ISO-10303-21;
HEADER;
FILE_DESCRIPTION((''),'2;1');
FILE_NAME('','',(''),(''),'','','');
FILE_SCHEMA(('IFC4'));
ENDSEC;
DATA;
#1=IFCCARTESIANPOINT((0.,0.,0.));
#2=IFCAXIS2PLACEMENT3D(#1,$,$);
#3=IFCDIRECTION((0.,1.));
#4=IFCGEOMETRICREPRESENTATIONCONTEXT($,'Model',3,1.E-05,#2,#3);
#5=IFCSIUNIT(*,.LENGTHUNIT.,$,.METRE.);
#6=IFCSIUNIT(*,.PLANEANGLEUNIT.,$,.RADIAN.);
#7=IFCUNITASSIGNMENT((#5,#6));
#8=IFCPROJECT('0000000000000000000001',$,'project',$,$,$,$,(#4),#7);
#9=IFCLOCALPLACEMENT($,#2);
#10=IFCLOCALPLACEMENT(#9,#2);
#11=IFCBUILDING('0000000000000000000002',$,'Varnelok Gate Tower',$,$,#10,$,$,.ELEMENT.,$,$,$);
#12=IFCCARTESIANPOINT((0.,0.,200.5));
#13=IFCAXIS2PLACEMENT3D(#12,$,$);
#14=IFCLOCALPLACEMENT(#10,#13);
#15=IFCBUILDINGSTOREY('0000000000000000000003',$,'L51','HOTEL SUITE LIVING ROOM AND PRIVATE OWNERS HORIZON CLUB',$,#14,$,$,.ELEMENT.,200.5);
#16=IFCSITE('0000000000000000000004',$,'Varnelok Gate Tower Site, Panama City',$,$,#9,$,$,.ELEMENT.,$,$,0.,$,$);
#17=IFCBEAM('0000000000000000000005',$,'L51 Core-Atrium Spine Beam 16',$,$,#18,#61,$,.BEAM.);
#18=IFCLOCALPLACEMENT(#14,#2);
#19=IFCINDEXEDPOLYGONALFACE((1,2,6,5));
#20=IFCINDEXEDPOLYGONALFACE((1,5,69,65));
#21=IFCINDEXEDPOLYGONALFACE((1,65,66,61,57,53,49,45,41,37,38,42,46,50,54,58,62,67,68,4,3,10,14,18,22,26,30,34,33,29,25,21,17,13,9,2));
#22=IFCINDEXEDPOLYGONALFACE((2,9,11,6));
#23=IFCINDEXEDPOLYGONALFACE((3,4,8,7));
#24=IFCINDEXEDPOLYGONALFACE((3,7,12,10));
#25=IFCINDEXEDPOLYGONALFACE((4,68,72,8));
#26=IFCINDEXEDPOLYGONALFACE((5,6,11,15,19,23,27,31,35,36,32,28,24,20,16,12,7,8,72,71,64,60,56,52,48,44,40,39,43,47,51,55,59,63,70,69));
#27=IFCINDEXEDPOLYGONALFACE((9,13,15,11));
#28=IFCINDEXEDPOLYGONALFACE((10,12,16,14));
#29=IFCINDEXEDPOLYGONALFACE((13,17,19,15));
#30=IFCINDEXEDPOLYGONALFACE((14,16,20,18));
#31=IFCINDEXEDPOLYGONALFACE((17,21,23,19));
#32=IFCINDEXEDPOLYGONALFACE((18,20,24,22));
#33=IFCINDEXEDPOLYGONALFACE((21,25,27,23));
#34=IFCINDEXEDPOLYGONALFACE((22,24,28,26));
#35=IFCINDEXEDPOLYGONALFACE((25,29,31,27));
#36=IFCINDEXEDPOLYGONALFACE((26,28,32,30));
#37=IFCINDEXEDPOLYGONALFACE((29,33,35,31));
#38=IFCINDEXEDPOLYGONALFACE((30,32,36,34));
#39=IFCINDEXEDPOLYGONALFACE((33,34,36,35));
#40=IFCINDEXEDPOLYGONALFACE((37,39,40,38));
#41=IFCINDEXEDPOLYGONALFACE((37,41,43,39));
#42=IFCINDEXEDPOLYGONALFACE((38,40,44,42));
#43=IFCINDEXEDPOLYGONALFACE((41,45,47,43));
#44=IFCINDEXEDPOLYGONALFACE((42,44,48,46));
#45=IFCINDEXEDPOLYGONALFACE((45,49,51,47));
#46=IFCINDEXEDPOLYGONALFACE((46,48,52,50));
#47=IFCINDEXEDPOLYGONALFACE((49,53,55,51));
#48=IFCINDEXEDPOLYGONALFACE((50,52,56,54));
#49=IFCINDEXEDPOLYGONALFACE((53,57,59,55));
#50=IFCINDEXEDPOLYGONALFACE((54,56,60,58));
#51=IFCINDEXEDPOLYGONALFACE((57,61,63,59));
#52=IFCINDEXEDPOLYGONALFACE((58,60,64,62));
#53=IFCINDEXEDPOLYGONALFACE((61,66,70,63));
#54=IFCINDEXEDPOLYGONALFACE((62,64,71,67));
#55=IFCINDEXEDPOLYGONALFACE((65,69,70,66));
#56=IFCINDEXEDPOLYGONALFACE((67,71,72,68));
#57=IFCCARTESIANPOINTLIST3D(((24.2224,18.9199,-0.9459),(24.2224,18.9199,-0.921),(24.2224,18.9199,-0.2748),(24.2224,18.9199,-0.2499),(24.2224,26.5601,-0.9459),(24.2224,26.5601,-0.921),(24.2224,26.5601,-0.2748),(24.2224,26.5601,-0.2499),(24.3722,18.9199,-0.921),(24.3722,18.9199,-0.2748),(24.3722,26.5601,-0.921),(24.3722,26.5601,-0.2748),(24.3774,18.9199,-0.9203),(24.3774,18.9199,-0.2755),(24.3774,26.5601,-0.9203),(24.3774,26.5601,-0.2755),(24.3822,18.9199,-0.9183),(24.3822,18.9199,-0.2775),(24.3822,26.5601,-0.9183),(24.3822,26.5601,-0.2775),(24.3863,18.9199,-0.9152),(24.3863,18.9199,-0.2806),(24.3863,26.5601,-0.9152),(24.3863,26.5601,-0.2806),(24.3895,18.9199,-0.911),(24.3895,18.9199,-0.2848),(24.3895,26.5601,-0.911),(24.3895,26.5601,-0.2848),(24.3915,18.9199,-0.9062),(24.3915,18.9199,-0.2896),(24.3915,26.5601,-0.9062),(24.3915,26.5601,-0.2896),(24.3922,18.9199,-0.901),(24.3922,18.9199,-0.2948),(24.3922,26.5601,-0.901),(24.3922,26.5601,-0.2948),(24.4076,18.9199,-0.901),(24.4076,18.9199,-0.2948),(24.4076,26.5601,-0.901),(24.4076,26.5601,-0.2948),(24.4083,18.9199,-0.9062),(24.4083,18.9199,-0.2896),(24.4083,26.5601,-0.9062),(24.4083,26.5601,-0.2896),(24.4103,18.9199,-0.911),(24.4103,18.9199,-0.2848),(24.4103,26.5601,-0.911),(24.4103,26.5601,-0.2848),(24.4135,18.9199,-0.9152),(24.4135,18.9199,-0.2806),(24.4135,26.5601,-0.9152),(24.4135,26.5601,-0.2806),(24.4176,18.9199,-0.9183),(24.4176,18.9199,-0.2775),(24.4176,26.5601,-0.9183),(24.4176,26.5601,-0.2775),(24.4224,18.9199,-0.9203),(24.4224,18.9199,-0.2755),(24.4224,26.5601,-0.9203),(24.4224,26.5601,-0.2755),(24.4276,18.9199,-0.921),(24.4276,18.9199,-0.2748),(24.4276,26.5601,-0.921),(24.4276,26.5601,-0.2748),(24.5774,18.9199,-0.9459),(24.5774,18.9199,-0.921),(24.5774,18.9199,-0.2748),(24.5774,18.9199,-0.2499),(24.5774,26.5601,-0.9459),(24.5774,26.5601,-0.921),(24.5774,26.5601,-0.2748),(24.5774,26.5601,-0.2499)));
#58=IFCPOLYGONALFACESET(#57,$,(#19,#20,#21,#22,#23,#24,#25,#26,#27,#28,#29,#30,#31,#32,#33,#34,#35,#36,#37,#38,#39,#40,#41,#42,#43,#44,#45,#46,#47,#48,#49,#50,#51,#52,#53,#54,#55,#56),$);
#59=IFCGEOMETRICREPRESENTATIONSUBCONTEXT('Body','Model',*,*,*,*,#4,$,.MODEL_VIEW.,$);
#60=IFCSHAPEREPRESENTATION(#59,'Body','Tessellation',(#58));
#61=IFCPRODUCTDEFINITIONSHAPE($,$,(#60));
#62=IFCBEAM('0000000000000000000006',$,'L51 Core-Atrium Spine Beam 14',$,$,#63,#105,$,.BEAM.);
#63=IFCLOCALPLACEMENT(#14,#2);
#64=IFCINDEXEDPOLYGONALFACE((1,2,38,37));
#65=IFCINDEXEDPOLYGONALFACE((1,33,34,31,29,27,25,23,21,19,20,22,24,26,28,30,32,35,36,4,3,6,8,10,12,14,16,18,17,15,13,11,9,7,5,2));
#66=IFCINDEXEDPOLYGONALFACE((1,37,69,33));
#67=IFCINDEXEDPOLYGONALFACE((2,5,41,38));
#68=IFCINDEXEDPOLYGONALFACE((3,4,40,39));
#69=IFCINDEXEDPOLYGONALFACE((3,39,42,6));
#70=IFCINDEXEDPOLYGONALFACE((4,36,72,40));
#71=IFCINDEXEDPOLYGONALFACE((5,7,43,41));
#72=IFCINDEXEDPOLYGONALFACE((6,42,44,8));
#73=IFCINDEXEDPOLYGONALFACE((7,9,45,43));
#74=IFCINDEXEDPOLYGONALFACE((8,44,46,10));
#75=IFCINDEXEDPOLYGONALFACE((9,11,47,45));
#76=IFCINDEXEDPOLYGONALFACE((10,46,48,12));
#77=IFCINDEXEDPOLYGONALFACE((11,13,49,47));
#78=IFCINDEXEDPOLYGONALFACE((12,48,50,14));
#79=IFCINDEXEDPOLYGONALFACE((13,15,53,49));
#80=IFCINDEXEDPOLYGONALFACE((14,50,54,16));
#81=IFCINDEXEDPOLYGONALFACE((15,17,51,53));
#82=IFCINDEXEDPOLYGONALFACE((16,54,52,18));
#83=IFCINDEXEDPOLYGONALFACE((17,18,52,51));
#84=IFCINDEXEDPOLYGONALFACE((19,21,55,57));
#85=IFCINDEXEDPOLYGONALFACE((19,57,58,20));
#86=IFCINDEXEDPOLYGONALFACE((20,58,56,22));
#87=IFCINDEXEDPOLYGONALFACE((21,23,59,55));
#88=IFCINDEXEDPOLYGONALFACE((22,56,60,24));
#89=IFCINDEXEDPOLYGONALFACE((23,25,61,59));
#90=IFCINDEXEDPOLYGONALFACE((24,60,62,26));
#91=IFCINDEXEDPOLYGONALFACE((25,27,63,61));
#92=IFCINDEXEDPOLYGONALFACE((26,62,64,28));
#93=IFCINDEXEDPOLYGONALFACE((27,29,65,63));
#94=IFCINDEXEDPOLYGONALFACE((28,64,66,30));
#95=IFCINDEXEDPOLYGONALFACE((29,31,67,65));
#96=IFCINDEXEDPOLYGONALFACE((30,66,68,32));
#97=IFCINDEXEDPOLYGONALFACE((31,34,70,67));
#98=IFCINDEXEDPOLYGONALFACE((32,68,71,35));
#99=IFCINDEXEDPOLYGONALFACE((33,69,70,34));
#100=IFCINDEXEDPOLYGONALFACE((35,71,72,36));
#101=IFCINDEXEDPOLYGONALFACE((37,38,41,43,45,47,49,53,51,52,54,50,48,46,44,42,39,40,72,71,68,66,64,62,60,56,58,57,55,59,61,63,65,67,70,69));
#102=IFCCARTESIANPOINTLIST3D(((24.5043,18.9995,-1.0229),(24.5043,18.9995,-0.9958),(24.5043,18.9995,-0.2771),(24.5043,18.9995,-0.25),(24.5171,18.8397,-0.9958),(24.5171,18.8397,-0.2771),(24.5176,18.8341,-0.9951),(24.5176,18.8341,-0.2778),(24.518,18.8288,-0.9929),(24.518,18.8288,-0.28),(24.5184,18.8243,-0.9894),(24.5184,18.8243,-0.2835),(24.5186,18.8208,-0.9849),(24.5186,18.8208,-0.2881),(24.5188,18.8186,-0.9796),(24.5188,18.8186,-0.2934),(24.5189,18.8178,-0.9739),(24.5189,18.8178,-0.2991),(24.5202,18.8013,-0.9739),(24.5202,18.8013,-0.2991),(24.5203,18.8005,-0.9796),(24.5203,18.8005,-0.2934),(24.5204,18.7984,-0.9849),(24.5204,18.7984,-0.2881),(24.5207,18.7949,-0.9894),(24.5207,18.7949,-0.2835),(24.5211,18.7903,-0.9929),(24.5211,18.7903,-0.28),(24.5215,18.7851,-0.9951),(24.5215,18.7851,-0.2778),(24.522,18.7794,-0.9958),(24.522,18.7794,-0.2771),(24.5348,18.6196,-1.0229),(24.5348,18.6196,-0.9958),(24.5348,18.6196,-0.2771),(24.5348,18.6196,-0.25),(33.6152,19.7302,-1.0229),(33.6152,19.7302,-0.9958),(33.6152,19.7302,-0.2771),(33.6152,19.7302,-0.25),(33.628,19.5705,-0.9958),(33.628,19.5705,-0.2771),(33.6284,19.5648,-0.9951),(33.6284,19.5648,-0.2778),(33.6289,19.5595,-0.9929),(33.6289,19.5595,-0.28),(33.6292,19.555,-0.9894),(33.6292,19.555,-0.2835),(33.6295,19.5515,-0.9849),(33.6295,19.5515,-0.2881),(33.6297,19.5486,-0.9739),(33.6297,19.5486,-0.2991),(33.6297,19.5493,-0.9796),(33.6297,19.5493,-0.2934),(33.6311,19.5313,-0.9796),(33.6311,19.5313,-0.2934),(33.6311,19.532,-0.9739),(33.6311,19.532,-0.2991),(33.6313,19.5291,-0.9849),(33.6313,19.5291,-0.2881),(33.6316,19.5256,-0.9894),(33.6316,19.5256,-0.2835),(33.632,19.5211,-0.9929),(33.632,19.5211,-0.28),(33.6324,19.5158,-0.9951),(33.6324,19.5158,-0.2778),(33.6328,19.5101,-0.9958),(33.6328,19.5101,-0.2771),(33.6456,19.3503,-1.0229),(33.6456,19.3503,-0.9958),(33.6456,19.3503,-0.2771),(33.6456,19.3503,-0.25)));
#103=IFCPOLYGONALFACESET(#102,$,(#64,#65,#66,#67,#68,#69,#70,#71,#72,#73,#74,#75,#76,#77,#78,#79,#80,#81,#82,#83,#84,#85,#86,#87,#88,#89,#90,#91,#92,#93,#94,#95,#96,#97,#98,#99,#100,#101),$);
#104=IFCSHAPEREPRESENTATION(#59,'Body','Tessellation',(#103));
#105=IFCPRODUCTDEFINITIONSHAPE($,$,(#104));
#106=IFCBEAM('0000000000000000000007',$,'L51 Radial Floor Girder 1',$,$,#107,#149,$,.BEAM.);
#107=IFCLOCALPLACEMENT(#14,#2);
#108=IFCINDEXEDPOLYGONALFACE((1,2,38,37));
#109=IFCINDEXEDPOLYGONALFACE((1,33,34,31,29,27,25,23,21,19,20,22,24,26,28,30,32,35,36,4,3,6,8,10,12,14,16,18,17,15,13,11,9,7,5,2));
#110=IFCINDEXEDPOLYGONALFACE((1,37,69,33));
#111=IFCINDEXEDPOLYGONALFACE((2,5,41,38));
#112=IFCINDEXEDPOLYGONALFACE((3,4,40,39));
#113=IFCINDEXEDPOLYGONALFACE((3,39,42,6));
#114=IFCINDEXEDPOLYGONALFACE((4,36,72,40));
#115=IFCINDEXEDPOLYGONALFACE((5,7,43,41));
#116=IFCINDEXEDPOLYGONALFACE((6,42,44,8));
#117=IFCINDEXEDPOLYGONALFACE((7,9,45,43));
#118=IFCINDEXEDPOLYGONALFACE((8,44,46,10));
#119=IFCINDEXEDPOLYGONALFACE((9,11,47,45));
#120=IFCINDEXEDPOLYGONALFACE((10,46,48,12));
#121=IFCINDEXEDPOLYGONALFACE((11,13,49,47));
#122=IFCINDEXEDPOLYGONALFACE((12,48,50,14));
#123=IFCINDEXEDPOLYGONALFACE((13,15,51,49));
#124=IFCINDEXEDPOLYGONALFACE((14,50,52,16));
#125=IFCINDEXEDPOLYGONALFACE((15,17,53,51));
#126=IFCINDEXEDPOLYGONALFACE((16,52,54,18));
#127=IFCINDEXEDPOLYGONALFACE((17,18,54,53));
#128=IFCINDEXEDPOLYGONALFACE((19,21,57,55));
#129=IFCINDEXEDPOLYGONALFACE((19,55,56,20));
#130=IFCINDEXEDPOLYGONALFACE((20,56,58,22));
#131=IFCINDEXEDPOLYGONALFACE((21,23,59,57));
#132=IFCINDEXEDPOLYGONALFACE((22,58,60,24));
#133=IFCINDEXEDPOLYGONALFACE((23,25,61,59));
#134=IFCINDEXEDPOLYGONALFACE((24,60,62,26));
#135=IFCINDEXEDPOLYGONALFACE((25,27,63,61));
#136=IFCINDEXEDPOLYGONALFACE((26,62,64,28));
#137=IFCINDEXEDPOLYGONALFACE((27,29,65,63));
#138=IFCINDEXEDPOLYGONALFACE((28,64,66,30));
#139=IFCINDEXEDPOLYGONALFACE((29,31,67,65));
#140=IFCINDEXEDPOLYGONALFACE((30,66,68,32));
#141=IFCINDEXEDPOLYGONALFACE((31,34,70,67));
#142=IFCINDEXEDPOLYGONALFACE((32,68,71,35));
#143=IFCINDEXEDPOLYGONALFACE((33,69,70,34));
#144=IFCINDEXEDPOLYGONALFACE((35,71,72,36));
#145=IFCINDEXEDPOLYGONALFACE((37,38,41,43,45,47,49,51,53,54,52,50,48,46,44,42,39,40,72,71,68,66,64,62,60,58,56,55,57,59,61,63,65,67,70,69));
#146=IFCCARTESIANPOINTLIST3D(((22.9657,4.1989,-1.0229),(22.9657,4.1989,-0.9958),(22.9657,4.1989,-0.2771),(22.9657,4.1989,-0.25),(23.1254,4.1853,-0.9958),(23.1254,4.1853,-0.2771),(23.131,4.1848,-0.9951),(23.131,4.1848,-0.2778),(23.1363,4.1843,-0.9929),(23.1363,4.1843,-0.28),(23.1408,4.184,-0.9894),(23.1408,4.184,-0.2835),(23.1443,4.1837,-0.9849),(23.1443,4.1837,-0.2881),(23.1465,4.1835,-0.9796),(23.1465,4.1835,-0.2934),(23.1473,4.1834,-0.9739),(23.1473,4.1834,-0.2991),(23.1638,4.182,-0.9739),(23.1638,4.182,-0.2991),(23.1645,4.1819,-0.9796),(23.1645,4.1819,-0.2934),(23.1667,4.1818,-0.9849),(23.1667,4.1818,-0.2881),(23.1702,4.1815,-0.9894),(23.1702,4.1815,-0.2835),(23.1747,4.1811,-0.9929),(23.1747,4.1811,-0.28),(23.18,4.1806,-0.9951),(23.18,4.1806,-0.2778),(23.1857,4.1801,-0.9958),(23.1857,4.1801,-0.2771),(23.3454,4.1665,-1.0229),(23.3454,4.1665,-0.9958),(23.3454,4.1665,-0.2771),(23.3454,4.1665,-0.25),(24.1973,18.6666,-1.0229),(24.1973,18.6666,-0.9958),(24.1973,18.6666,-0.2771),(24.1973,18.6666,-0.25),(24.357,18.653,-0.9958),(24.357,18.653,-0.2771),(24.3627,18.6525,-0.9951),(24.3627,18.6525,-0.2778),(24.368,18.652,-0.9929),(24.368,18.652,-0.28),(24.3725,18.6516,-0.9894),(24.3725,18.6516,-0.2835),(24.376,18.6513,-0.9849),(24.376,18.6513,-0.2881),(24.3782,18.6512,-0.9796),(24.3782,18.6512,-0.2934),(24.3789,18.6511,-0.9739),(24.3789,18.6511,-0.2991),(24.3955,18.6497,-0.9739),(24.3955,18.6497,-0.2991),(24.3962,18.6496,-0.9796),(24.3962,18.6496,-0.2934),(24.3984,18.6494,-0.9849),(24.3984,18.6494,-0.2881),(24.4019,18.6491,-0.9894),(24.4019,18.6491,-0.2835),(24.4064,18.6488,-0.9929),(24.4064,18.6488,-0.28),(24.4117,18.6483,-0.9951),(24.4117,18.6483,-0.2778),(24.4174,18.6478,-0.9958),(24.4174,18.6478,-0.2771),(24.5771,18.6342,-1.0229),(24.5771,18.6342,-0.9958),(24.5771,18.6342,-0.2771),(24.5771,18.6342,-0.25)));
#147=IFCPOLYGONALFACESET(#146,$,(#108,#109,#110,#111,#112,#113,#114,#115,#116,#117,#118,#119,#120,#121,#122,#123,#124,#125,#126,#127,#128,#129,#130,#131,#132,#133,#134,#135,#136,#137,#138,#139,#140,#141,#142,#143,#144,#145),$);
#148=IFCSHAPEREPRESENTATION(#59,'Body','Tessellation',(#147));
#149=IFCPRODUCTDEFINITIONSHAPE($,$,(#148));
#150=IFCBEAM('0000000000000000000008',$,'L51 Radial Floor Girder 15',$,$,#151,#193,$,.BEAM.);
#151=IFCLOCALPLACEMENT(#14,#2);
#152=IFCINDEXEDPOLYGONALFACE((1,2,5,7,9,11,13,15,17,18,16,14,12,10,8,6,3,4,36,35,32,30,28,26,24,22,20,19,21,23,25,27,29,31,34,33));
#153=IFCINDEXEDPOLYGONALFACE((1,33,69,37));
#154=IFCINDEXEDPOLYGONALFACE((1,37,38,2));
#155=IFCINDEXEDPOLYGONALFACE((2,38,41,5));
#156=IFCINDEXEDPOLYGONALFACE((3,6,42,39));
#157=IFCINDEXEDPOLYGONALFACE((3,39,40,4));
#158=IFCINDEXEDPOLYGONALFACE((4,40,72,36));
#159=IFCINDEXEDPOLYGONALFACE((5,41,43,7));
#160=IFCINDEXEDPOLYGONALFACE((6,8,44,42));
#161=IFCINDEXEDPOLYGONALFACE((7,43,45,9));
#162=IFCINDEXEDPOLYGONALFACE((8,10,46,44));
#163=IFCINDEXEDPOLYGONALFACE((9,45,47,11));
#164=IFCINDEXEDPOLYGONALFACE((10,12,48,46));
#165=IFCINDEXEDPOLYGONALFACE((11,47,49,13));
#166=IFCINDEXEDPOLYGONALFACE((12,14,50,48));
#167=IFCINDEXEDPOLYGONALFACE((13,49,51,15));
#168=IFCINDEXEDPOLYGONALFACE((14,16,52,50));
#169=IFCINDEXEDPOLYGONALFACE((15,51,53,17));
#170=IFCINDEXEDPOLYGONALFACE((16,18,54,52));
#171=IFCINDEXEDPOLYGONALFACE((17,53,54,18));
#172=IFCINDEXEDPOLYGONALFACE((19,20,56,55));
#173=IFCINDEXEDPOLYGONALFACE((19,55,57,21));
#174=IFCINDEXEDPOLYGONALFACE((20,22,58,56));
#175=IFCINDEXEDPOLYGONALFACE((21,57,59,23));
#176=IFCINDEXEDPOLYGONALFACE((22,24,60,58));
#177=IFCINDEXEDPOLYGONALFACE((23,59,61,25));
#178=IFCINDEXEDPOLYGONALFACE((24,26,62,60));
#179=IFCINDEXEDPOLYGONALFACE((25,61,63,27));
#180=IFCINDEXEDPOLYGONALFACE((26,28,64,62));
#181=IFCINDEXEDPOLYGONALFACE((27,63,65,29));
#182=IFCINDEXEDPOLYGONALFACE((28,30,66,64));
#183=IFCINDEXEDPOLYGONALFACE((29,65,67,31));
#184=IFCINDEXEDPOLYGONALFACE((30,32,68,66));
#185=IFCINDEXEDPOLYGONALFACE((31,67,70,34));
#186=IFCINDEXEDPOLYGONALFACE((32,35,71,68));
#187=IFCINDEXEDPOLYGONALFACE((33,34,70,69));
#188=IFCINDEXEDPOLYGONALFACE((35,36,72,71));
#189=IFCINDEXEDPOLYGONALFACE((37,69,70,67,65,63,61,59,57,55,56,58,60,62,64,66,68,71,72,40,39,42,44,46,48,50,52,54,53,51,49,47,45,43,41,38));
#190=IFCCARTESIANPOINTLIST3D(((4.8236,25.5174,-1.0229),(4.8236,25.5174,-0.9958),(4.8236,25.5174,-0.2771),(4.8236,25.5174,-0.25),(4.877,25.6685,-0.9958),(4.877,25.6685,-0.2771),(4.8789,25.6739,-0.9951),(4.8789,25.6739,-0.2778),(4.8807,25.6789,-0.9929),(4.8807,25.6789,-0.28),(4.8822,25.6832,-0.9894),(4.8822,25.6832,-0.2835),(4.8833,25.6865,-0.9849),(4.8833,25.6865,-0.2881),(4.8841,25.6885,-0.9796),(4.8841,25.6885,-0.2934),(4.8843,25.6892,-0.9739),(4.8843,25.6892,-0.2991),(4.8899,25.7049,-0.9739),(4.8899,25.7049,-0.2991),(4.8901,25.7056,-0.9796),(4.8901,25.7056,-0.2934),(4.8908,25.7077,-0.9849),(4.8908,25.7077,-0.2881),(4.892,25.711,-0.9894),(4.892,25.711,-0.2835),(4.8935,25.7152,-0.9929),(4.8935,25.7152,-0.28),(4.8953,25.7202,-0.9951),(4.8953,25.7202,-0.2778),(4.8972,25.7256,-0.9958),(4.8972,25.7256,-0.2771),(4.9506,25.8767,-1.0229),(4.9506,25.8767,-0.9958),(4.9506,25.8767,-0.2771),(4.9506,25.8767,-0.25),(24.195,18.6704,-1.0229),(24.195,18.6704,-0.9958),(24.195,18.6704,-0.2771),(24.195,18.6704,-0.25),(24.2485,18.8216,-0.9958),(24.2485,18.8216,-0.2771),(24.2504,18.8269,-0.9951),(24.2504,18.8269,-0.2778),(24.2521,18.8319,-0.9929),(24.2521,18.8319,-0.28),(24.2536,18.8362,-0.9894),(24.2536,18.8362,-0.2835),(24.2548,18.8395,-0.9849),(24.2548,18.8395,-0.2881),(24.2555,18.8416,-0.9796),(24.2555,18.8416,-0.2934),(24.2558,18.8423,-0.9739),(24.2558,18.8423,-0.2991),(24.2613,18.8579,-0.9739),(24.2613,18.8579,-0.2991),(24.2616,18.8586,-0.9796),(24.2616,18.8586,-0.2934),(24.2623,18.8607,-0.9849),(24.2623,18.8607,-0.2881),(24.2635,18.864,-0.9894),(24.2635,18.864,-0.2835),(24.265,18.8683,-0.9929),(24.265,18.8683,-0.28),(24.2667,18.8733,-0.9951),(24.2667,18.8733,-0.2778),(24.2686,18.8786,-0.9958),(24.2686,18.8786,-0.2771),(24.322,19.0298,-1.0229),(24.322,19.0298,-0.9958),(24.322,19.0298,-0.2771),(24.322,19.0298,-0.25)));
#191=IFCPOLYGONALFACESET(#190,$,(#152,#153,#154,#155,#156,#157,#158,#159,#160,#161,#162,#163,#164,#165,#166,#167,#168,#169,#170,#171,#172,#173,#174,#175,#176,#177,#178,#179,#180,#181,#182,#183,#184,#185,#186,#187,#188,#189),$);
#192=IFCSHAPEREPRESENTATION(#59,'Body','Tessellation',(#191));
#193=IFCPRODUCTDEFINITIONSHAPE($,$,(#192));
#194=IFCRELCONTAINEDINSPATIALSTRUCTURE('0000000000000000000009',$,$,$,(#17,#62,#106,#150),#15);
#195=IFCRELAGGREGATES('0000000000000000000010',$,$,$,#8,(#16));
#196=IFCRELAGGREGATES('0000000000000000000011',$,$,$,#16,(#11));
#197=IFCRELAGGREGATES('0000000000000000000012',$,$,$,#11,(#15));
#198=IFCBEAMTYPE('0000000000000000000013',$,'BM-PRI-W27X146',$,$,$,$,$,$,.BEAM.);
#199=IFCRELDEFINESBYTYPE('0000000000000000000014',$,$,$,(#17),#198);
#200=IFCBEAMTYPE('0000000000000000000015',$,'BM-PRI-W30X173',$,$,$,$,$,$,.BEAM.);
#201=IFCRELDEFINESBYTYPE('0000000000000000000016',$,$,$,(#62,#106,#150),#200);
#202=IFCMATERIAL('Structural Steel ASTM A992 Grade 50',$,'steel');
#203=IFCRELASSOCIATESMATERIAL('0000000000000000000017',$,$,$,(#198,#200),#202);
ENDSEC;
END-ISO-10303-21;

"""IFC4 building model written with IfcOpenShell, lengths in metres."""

from ifc_helpers import new_model, si_unit, direction, frame, origin, origin_2d, place, context, subcontext, project, spatial, i_section, extrude, material, material_profile, profile_set, type_object, element, save


model = new_model("IFC4")

# Units and contexts
model_context = context("Model", 3, precision=1e-05, world=origin(), true_north=direction((0.0, 1.0)))
body_context = subcontext(model_context, "Body", "Model", "MODEL_VIEW")
ifc_project = project(units=[si_unit("LENGTHUNIT", "METRE"), si_unit("PLANEANGLEUNIT", "RADIAN")], contexts=[model_context])

# Site, building, storey
site_placement = place(None, origin())
site = spatial("IfcSite", under=ifc_project, at=site_placement, Name="Varnelok Gate Tower Site, Panama City", CompositionType="ELEMENT", RefElevation=0.0)
building_placement = place(site_placement, origin())
building = spatial("IfcBuilding", under=site, at=building_placement, Name="Varnelok Gate Tower", CompositionType="ELEMENT")
storey_placement = place(building_placement, frame((0.0, 0.0, 200.5)))
storey = spatial("IfcBuildingStorey", under=building, at=storey_placement, Name="L51", Description="HOTEL SUITE LIVING ROOM AND PRIVATE OWNERS HORIZON CLUB", CompositionType="ELEMENT", Elevation=200.5)

# Shared definitions
ifc_material_1 = material(Name="Structural Steel ASTM A992 Grade 50", Category="steel")

# Beams
ifc_material_profile_1 = material_profile(ifc_material_1, i_section(OverallWidth=0.355, OverallDepth=0.696, WebThickness=0.0154, FlangeThickness=0.0249, FilletRadius=0.02, at=origin_2d()), Name="W27X146")
ifc_profile_set_1 = profile_set([ifc_material_profile_1], Name="Structural Steel ASTM A992 Grade 50")
beam_type_1 = type_object("IfcBeamType", Name="BM-PRI-W27X146", PredefinedType="BEAM", material=ifc_profile_set_1)
beam_1_placement = place(storey_placement, frame((24.3999, 18.9199, -0.5979), z_axis=(0.0, 1.0, 0.0), x_axis=(-1.0, 0.0, 0.0)))
element("IfcBeam", 1, at=beam_1_placement, inside=storey, type_object=beam_type_1, Name="L51 Core-Atrium Spine Beam 16", PredefinedType="BEAM", context=body_context, shape_type="SweptSolid", body=[
    extrude(i_section(OverallWidth=0.355, OverallDepth=0.696, WebThickness=0.0154, FlangeThickness=0.0249, FilletRadius=0.02, at=origin_2d()), origin(), (0.0, 0.0, 1.0), 7.6401),
])
ifc_material_profile_2 = material_profile(ifc_material_1, i_section(OverallWidth=0.3811, OverallDepth=0.7729, WebThickness=0.0166, FlangeThickness=0.0271, FilletRadius=0.022, at=origin_2d()), Name="W30X173")
ifc_profile_set_2 = profile_set([ifc_material_profile_2], Name="Structural Steel ASTM A992 Grade 50")
beam_type_2 = type_object("IfcBeamType", Name="BM-PRI-W30X173", PredefinedType="BEAM", material=ifc_profile_set_2)
beam_2_placement = place(storey_placement, frame((24.5195, 18.8096, -0.6365), z_axis=(0.996799, 0.079946, 0.0), x_axis=(-0.079946, 0.996799, 0.0)))
element("IfcBeam", 2, at=beam_2_placement, inside=storey, type_object=beam_type_2, Name="L51 Core-Atrium Spine Beam 14", PredefinedType="BEAM", context=body_context, shape_type="SweptSolid", body=[
    extrude(i_section(OverallWidth=0.3811, OverallDepth=0.7729, WebThickness=0.0166, FlangeThickness=0.0271, FilletRadius=0.022, at=origin_2d()), origin(), (0.0, 0.0, 1.0), 9.1401),
])
beam_3_placement = place(storey_placement, frame((24.3872, 18.6504, -0.6365), z_axis=(-0.084826, -0.996396, 0.0), x_axis=(0.996396, -0.084826, 0.0)))
element("IfcBeam", 3, at=beam_3_placement, inside=storey, type_object=beam_type_2, Name="L51 Radial Floor Girder 1", PredefinedType="BEAM", context=body_context, shape_type="SweptSolid", body=[
    extrude(i_section(OverallWidth=0.3811, OverallDepth=0.7729, WebThickness=0.0166, FlangeThickness=0.0271, FilletRadius=0.022, at=origin_2d()), origin(), (0.0, 0.0, 1.0), 14.52),
])
beam_4_placement = place(storey_placement, frame((24.2585, 18.8501, -0.6365), z_axis=(-0.942838, 0.333252, 0.0), x_axis=(-0.333252, -0.942838, 0.0)))
element("IfcBeam", 4, at=beam_4_placement, inside=storey, type_object=beam_type_2, Name="L51 Radial Floor Girder 15", PredefinedType="BEAM", context=body_context, shape_type="SweptSolid", body=[
    extrude(i_section(OverallWidth=0.3811, OverallDepth=0.7729, WebThickness=0.0166, FlangeThickness=0.0271, FilletRadius=0.022, at=origin_2d()), origin(), (0.0, 0.0, 1.0), 20.5459),
])

save(model, "model.ifc")
